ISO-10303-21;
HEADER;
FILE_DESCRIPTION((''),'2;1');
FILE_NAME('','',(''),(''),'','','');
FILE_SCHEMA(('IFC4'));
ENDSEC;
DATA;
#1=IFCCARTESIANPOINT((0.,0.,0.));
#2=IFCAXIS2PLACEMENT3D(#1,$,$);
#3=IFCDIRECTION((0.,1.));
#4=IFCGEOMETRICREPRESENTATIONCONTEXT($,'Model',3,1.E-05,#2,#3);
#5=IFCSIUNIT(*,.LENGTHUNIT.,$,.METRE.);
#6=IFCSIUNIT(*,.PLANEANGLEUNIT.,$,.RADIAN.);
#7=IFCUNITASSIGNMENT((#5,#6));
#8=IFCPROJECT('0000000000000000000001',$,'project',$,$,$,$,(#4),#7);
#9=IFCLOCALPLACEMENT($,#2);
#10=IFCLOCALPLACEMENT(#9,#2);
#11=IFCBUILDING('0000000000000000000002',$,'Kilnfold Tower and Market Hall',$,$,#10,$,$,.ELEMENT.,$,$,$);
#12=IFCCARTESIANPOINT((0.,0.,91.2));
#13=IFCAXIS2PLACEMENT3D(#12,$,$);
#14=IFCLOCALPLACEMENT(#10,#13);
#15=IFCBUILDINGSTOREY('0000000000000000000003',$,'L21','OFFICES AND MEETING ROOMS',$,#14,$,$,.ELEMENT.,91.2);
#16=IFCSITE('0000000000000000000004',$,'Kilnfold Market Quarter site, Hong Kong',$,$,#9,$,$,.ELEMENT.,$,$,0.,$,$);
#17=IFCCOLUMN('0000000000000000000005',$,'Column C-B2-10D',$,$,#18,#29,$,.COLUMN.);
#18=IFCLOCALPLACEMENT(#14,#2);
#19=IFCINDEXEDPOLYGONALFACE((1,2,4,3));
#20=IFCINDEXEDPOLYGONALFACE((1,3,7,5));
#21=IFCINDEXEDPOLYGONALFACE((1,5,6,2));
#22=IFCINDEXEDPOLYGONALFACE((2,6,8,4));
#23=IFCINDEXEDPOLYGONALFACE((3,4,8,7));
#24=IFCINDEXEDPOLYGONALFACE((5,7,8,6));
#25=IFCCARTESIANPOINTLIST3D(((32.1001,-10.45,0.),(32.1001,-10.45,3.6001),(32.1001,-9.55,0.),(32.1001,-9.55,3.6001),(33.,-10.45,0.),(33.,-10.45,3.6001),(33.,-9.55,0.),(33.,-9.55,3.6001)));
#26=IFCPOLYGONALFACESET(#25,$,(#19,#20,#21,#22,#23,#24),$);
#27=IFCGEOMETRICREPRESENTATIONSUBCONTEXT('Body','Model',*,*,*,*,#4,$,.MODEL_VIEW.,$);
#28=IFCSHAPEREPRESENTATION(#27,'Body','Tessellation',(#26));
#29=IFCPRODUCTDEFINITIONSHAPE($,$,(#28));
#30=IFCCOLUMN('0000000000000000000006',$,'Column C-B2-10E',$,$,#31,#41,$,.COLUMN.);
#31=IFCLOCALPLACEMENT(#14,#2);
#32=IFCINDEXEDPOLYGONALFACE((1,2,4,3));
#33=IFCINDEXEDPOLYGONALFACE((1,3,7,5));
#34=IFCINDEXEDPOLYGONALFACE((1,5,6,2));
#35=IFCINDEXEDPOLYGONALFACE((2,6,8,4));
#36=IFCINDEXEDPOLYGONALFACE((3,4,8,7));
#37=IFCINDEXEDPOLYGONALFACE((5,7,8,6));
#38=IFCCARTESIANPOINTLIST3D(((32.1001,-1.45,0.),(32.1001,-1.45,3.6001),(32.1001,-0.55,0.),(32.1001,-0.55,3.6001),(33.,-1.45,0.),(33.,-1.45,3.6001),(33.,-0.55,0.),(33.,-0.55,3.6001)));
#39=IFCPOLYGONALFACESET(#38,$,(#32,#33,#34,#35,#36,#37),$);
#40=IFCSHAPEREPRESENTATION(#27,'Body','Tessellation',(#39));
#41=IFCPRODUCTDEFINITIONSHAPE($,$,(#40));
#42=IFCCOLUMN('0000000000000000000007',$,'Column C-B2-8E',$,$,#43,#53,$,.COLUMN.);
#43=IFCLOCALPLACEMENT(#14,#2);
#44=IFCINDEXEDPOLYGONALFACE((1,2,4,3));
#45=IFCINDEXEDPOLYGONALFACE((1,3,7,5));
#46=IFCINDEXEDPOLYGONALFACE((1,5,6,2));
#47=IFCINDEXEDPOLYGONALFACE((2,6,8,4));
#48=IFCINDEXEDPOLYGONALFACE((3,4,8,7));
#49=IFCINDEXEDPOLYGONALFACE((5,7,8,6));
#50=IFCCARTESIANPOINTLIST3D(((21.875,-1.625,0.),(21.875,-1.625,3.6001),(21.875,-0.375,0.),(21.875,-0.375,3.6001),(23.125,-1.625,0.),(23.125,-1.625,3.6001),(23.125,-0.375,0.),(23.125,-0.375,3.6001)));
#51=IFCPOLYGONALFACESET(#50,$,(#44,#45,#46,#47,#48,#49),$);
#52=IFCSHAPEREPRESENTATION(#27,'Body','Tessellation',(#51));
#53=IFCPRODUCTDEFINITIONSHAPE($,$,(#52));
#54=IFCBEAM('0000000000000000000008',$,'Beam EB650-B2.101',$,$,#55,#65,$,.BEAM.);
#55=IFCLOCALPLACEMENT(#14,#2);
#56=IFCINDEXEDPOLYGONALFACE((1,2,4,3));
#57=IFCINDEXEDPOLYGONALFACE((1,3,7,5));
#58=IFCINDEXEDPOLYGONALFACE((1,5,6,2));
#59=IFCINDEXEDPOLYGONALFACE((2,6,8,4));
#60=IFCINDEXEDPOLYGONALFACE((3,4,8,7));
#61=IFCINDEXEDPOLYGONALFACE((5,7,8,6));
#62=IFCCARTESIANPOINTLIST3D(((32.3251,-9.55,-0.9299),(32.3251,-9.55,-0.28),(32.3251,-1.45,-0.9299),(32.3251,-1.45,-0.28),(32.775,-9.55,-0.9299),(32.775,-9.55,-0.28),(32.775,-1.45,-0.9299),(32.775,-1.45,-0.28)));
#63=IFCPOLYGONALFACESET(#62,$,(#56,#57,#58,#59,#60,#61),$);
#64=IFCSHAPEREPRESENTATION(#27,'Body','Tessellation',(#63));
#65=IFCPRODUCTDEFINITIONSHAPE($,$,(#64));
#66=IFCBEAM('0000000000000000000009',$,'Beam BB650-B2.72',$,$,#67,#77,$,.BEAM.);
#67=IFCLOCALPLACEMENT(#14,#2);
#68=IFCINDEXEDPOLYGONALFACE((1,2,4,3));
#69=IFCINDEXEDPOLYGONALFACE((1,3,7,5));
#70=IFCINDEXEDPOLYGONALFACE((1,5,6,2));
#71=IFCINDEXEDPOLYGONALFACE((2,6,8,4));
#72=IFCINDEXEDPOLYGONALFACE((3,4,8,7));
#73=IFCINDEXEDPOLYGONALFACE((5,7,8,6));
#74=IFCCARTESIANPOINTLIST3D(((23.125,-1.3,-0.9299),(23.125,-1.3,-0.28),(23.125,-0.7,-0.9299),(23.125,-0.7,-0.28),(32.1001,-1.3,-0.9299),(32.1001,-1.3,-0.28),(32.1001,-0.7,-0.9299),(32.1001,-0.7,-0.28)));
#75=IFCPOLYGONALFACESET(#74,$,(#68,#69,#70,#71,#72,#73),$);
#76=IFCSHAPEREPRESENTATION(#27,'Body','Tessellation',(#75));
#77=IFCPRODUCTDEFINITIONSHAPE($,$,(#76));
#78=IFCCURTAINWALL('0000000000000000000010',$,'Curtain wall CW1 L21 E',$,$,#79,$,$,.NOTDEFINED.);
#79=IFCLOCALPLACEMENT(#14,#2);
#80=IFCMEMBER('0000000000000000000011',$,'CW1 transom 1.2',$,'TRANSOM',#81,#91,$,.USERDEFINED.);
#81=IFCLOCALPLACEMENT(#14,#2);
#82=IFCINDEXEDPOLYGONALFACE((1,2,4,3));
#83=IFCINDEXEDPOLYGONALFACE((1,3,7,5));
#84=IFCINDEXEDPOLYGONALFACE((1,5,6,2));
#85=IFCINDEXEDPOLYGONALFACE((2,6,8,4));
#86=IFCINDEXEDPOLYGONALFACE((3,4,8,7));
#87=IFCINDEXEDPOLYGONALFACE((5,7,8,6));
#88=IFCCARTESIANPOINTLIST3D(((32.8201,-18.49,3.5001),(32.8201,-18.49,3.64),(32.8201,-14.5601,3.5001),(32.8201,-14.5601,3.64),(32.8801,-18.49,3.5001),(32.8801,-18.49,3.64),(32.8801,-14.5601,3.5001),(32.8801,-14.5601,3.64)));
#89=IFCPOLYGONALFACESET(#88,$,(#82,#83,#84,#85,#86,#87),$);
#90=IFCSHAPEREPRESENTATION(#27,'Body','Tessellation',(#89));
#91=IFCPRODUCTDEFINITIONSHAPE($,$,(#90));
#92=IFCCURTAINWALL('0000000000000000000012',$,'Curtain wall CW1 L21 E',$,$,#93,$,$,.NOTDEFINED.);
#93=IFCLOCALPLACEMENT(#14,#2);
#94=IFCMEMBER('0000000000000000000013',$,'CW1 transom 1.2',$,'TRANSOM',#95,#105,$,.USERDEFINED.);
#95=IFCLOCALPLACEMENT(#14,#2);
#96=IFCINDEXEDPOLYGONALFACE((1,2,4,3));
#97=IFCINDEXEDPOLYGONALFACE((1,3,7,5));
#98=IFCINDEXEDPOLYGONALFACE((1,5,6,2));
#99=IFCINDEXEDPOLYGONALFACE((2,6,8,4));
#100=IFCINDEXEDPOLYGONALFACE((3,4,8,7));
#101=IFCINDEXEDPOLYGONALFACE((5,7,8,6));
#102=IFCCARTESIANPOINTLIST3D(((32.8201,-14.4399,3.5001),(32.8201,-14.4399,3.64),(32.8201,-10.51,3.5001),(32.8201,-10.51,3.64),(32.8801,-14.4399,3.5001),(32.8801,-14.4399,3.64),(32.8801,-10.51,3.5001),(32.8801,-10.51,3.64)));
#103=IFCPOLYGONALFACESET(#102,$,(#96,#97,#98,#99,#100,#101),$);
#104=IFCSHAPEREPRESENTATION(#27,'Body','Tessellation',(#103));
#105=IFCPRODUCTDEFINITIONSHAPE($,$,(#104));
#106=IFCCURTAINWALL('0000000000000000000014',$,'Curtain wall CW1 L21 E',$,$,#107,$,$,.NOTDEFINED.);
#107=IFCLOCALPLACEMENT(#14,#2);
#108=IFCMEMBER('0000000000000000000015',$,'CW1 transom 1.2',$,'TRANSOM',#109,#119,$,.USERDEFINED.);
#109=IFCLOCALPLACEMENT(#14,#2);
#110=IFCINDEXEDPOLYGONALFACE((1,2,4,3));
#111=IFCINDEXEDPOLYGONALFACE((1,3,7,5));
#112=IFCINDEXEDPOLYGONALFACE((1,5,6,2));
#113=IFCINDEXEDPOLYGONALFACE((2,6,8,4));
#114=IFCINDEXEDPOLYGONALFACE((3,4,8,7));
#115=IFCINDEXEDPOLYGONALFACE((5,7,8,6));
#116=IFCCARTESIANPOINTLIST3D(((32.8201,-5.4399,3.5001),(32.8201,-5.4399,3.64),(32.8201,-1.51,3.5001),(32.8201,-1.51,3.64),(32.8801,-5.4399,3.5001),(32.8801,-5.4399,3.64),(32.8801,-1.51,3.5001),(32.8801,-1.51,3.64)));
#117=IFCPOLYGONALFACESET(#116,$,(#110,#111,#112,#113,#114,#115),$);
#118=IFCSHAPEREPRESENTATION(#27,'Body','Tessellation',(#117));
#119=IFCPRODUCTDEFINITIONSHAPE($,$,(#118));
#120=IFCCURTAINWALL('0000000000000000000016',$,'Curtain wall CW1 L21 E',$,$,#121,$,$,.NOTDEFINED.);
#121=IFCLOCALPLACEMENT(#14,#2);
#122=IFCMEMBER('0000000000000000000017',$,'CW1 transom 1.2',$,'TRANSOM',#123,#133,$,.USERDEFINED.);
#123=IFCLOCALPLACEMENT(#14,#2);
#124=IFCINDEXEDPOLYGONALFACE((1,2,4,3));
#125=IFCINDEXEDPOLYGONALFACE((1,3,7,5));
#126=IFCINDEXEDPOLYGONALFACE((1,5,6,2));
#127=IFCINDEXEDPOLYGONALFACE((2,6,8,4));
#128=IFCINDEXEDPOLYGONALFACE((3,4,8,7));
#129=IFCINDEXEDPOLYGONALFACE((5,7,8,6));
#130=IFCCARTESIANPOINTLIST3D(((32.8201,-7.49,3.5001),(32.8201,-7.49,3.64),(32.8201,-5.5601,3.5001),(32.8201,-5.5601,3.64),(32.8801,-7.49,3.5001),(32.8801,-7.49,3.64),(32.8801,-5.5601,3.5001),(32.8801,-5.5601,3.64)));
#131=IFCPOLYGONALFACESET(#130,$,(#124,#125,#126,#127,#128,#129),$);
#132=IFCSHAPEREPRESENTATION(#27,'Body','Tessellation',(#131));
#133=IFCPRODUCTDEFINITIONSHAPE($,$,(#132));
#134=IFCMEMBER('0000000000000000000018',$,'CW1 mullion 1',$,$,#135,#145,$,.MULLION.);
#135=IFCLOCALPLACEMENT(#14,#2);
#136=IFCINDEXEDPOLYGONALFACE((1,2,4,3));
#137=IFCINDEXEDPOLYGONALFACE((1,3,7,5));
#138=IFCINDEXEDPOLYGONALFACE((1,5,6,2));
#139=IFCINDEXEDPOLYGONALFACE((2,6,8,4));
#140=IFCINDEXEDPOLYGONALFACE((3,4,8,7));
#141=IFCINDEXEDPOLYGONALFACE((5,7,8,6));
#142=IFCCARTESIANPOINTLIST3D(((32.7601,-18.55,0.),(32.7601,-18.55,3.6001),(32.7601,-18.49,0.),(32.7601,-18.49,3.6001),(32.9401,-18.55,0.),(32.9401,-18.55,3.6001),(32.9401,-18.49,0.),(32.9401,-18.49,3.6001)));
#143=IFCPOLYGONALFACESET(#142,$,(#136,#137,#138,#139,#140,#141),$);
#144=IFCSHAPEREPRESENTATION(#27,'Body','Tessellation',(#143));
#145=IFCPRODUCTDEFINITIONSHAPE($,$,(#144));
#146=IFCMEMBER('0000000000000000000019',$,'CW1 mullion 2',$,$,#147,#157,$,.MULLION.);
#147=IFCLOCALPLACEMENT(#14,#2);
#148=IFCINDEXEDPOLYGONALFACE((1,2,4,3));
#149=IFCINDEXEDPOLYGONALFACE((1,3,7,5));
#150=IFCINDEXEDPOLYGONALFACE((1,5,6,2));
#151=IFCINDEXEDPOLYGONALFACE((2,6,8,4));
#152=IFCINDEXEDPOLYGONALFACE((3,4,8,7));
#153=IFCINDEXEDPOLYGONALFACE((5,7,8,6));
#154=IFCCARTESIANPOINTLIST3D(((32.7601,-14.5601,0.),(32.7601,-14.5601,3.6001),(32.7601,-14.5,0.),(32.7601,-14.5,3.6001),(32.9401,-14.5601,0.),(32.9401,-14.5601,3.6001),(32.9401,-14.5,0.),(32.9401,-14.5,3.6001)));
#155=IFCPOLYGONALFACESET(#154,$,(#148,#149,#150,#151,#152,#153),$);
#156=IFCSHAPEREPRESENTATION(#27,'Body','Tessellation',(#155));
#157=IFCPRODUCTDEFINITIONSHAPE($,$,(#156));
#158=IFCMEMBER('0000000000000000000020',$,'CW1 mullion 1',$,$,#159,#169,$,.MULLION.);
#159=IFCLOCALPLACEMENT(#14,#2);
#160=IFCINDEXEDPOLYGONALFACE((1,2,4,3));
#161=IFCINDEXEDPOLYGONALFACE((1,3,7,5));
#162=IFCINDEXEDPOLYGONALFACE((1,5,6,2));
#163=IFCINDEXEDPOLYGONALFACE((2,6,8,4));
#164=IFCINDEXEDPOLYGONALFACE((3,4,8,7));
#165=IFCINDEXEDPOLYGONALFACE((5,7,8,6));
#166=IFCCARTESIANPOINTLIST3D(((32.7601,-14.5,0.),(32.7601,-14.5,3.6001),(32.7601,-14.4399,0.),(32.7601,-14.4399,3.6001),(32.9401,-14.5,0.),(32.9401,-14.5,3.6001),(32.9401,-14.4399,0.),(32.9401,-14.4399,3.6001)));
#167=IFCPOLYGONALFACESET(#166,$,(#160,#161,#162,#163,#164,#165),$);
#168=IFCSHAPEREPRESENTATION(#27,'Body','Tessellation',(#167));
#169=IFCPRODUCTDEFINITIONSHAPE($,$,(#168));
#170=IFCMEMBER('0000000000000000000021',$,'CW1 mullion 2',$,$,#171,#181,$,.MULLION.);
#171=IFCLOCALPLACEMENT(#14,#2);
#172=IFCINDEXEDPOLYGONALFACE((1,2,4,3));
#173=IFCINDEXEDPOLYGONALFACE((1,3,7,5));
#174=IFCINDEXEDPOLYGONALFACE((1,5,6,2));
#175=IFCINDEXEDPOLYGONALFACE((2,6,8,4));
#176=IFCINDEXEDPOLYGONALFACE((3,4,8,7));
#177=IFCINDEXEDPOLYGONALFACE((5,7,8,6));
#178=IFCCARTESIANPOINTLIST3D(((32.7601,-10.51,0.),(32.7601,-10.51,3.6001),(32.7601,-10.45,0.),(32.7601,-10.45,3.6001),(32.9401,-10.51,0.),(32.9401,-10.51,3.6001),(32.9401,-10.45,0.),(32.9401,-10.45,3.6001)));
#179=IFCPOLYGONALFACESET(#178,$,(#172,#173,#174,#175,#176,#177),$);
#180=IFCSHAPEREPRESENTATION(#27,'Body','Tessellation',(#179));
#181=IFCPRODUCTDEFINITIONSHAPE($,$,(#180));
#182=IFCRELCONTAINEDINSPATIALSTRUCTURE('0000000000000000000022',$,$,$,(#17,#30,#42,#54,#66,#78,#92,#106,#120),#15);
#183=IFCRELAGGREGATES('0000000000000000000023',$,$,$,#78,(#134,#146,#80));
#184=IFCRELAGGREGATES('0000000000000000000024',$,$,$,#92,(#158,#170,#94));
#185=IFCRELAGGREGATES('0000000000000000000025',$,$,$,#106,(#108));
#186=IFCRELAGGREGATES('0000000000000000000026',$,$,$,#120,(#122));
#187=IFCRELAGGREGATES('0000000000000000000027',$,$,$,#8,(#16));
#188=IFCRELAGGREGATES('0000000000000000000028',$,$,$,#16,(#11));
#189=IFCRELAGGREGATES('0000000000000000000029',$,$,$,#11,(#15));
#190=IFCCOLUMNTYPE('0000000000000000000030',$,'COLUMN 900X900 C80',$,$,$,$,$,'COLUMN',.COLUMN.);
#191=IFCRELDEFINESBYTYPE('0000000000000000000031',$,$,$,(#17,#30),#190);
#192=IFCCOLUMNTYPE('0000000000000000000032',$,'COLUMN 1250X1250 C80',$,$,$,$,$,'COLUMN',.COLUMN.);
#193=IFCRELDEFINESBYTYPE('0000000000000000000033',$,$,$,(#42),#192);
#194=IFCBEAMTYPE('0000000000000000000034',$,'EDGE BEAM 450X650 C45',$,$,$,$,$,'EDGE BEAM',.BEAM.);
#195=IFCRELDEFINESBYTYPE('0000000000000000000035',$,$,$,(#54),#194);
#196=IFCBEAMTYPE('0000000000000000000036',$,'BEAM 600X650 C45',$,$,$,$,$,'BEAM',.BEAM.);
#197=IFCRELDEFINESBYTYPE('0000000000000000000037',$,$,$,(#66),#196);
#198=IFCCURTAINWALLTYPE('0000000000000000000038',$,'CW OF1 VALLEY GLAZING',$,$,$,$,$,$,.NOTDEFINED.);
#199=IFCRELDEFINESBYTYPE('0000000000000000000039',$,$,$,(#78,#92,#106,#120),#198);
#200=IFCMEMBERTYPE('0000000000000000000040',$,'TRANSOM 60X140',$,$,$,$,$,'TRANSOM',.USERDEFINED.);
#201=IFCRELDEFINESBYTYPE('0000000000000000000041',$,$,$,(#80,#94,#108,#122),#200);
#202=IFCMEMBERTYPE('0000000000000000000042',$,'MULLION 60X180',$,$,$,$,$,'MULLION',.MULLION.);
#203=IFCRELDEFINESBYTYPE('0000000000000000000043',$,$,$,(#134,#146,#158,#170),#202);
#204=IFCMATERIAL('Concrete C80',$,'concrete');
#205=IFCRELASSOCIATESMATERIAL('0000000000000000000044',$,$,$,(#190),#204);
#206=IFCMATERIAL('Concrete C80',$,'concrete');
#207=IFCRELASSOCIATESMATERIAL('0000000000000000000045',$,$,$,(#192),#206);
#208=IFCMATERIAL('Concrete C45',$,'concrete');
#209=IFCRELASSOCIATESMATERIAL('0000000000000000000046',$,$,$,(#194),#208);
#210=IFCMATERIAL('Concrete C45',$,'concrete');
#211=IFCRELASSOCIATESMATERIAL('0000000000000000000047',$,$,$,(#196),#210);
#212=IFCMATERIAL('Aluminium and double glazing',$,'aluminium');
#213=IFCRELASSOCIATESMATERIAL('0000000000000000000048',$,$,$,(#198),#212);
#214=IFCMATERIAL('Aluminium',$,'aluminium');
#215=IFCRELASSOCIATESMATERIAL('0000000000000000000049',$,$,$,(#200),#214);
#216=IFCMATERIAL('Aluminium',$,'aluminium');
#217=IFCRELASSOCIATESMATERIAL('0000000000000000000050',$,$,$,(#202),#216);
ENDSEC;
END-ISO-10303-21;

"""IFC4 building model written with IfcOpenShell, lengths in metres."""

from ifc_helpers import new_model, si_unit, direction, frame, origin, origin_2d, place, context, subcontext, project, spatial, rectangle, extrude, source, transform, mapped, material, material_profile, profile_set, type_object, element, aggregate, save


model = new_model("IFC4")

# Units and contexts
model_context = context("Model", 3, precision=1e-05, world=origin(), true_north=direction((0.0, 1.0)))
body_context = subcontext(model_context, "Body", "Model", "MODEL_VIEW")
ifc_project = project(units=[si_unit("LENGTHUNIT", "METRE"), si_unit("PLANEANGLEUNIT", "RADIAN")], contexts=[model_context])

# Site, building, storey
site_placement = place(None, origin())
site = spatial("IfcSite", under=ifc_project, at=site_placement, Name="Kilnfold Market Quarter site, Hong Kong", CompositionType="ELEMENT", RefElevation=0.0)
building_placement = place(site_placement, origin())
building = spatial("IfcBuilding", under=site, at=building_placement, Name="Kilnfold Tower and Market Hall", CompositionType="ELEMENT")
storey_placement = place(building_placement, frame((0.0, 0.0, 91.2)))
storey = spatial("IfcBuildingStorey", under=building, at=storey_placement, Name="L21", Description="OFFICES AND MEETING ROOMS", CompositionType="ELEMENT", Elevation=91.2)

# Columns
ifc_material_1 = material(Name="Concrete C80", Category="concrete")
ifc_material_profile_1 = material_profile(ifc_material_1, rectangle(XDim=0.8999, YDim=0.8999, at=origin_2d()), Name="RC 900x900")
ifc_profile_set_1 = profile_set([ifc_material_profile_1], Name="Concrete C80")
column_type_1 = type_object("IfcColumnType", Name="COLUMN 900X900 C80", ElementType="COLUMN", PredefinedType="COLUMN", material=ifc_profile_set_1)
shared_shape_1 = source(origin(), body_context, "Body", "SweptSolid", [
    extrude(rectangle(XDim=0.8999, YDim=0.8999, at=origin_2d()), origin(), (0.0, 0.0, 1.0), 3.6001),
])
for number, where, z_axis, x_axis, name in (
    (1, (32.55, -10.0, 0.0), (0.0, 0.0, 1.0), (1.0, 0.0, 0.0), "Column C-B2-10D"),
    (2, (32.55, -1.0, 0.0), (0.0, 0.0, 1.0), (1.0, 0.0, 0.0), "Column C-B2-10E"),
):
    element("IfcColumn", number, at=place(storey_placement, frame(where, z_axis=z_axis, x_axis=x_axis)), inside=storey, type_object=column_type_1, Name=name, PredefinedType="COLUMN", context=body_context, shape_type="MappedRepresentation", body=[
        mapped(shared_shape_1, transform((0.0, 0.0, 0.0))),
    ])
ifc_material_2 = material(Name="Concrete C80", Category="concrete")
ifc_material_profile_2 = material_profile(ifc_material_2, rectangle(XDim=1.25, YDim=1.25, at=origin_2d()), Name="RC 1250x1250")
ifc_profile_set_2 = profile_set([ifc_material_profile_2], Name="Concrete C80")
column_type_2 = type_object("IfcColumnType", Name="COLUMN 1250X1250 C80", ElementType="COLUMN", PredefinedType="COLUMN", material=ifc_profile_set_2)
shared_shape_2 = source(origin(), body_context, "Body", "SweptSolid", [
    extrude(rectangle(XDim=1.25, YDim=1.25, at=origin_2d()), origin(), (0.0, 0.0, 1.0), 3.6001),
])
column_placement = place(storey_placement, frame((22.5, -1.0, 0.0), z_axis=(0.0, 0.0, 1.0), x_axis=(1.0, 0.0, 0.0)))
element("IfcColumn", 3, at=column_placement, inside=storey, type_object=column_type_2, Name="Column C-B2-8E", PredefinedType="COLUMN", context=body_context, shape_type="MappedRepresentation", body=[
    mapped(shared_shape_2, transform((0.0, 0.0, 0.0))),
])

# Beams
ifc_material_3 = material(Name="Concrete C45", Category="concrete")
ifc_material_profile_3 = material_profile(ifc_material_3, rectangle(XDim=0.45, YDim=0.6499, at=origin_2d()), Name="RC 450x650")
ifc_profile_set_3 = profile_set([ifc_material_profile_3], Name="Concrete C45")
beam_type_1 = type_object("IfcBeamType", Name="EDGE BEAM 450X650 C45", ElementType="EDGE BEAM", PredefinedType="BEAM", material=ifc_profile_set_3)
shared_shape_3 = source(origin(), body_context, "Body", "SweptSolid", [
    extrude(rectangle(XDim=0.45, YDim=0.6499, at=origin_2d()), origin(), (0.0, 0.0, 1.0), 8.1001),
])
beam_1_placement = place(storey_placement, frame((32.55, -9.55, -0.605), z_axis=(0.0, 1.0, 0.0), x_axis=(-1.0, 0.0, 0.0)))
element("IfcBeam", 4, at=beam_1_placement, inside=storey, type_object=beam_type_1, Name="Beam EB650-B2.101", PredefinedType="BEAM", context=body_context, shape_type="MappedRepresentation", body=[
    mapped(shared_shape_3, transform((0.0, 0.0, 0.0))),
])
ifc_material_4 = material(Name="Concrete C45", Category="concrete")
ifc_material_profile_4 = material_profile(ifc_material_4, rectangle(XDim=0.6001, YDim=0.6499, at=origin_2d()), Name="RC 600x650")
ifc_profile_set_4 = profile_set([ifc_material_profile_4], Name="Concrete C45")
beam_type_2 = type_object("IfcBeamType", Name="BEAM 600X650 C45", ElementType="BEAM", PredefinedType="BEAM", material=ifc_profile_set_4)
shared_shape_4 = source(origin(), body_context, "Body", "SweptSolid", [
    extrude(rectangle(XDim=0.6001, YDim=0.6499, at=origin_2d()), origin(), (0.0, 0.0, 1.0), 8.9751),
])
beam_2_placement = place(storey_placement, frame((23.125, -1.0, -0.605), z_axis=(1.0, 0.0, 0.0), x_axis=(0.0, 1.0, 0.0)))
element("IfcBeam", 5, at=beam_2_placement, inside=storey, type_object=beam_type_2, Name="Beam BB650-B2.72", PredefinedType="BEAM", context=body_context, shape_type="MappedRepresentation", body=[
    mapped(shared_shape_4, transform((0.0, 0.0, 0.0))),
])

# Curtain walls, members
ifc_material_5 = material(Name="Aluminium and double glazing", Category="aluminium")
curtain_wall_type = type_object("IfcCurtainWallType", Name="CW OF1 VALLEY GLAZING", PredefinedType="NOTDEFINED", material=ifc_material_5)
curtain_wall_1_placement = place(storey_placement, origin())
curtain_wall_1 = element("IfcCurtainWall", 6, at=curtain_wall_1_placement, inside=storey, type_object=curtain_wall_type, Name="Curtain wall CW1 L21 E", PredefinedType="NOTDEFINED")
ifc_material_6 = material(Name="Aluminium", Category="aluminium")
ifc_material_profile_5 = material_profile(ifc_material_6, rectangle(XDim=0.0601, YDim=0.1399, at=origin_2d()), Name="TRANSOM 60x140")
ifc_profile_set_5 = profile_set([ifc_material_profile_5], Name="Aluminium")
member_type_1 = type_object("IfcMemberType", Name="TRANSOM 60X140", ElementType="TRANSOM", PredefinedType="USERDEFINED", material=ifc_profile_set_5)
shared_shape_5 = source(origin(), body_context, "Body", "SweptSolid", [
    extrude(rectangle(XDim=0.0601, YDim=0.1399, at=origin_2d()), origin(), (0.0, 0.0, 1.0), 3.9299),
])
member_1_placement = place(storey_placement, frame((32.8501, -18.49, 3.5701), z_axis=(0.0, 1.0, 0.0), x_axis=(-1.0, 0.0, 0.0)))
member_1 = element("IfcMember", 7, at=member_1_placement, type_object=member_type_1, Name="CW1 transom 1.2", ObjectType="TRANSOM", PredefinedType="USERDEFINED", context=body_context, shape_type="MappedRepresentation", body=[
    mapped(shared_shape_5, transform((0.0, 0.0, 0.0))),
])
curtain_wall_2_placement = place(storey_placement, origin())
curtain_wall_2 = element("IfcCurtainWall", 8, at=curtain_wall_2_placement, inside=storey, type_object=curtain_wall_type, Name="Curtain wall CW1 L21 E", PredefinedType="NOTDEFINED")
member_2_placement = place(storey_placement, frame((32.8501, -14.4399, 3.5701), z_axis=(0.0, 1.0, 0.0), x_axis=(-1.0, 0.0, 0.0)))
member_2 = element("IfcMember", 9, at=member_2_placement, type_object=member_type_1, Name="CW1 transom 1.2", ObjectType="TRANSOM", PredefinedType="USERDEFINED", context=body_context, shape_type="MappedRepresentation", body=[
    mapped(shared_shape_5, transform((0.0, 0.0, 0.0))),
])
curtain_wall_3_placement = place(storey_placement, origin())
curtain_wall_3 = element("IfcCurtainWall", 10, at=curtain_wall_3_placement, inside=storey, type_object=curtain_wall_type, Name="Curtain wall CW1 L21 E", PredefinedType="NOTDEFINED")
member_3_placement = place(storey_placement, frame((32.8501, -5.4399, 3.5701), z_axis=(0.0, 1.0, 0.0), x_axis=(-1.0, 0.0, 0.0)))
member_3 = element("IfcMember", 11, at=member_3_placement, type_object=member_type_1, Name="CW1 transom 1.2", ObjectType="TRANSOM", PredefinedType="USERDEFINED", context=body_context, shape_type="MappedRepresentation", body=[
    mapped(shared_shape_5, transform((0.0, 0.0, 0.0))),
])
curtain_wall_4_placement = place(storey_placement, origin())
curtain_wall_4 = element("IfcCurtainWall", 12, at=curtain_wall_4_placement, inside=storey, type_object=curtain_wall_type, Name="Curtain wall CW1 L21 E", PredefinedType="NOTDEFINED")
shared_shape_6 = source(origin(), body_context, "Body", "SweptSolid", [
    extrude(rectangle(XDim=0.0601, YDim=0.1399, at=origin_2d()), origin(), (0.0, 0.0, 1.0), 1.9299),
])
member_4_placement = place(storey_placement, frame((32.8501, -7.49, 3.5701), z_axis=(0.0, 1.0, 0.0), x_axis=(-1.0, 0.0, 0.0)))
member_4 = element("IfcMember", 13, at=member_4_placement, type_object=member_type_1, Name="CW1 transom 1.2", ObjectType="TRANSOM", PredefinedType="USERDEFINED", context=body_context, shape_type="MappedRepresentation", body=[
    mapped(shared_shape_6, transform((0.0, 0.0, 0.0))),
])

# Members
ifc_material_7 = material(Name="Aluminium", Category="aluminium")
ifc_material_profile_6 = material_profile(ifc_material_7, rectangle(XDim=0.0601, YDim=0.1799, at=origin_2d()), Name="MULLION 60x180")
ifc_profile_set_6 = profile_set([ifc_material_profile_6], Name="Aluminium")
member_type_2 = type_object("IfcMemberType", Name="MULLION 60X180", ElementType="MULLION", PredefinedType="MULLION", material=ifc_profile_set_6)
shared_shape_7 = source(origin(), body_context, "Body", "SweptSolid", [
    extrude(rectangle(XDim=0.0601, YDim=0.1799, at=origin_2d()), origin(), (0.0, 0.0, 1.0), 3.6001),
])
member_5_placement = place(storey_placement, frame((32.8501, -18.52, 0.0), z_axis=(0.0, 0.0, 1.0), x_axis=(0.0, 1.0, 0.0)))
member_5 = element("IfcMember", 14, at=member_5_placement, type_object=member_type_2, Name="CW1 mullion 1", PredefinedType="MULLION", context=body_context, shape_type="MappedRepresentation", body=[
    mapped(shared_shape_7, transform((0.0, 0.0, 0.0))),
])
member_6_placement = place(storey_placement, frame((32.8501, -14.53, 0.0), z_axis=(0.0, 0.0, 1.0), x_axis=(0.0, 1.0, 0.0)))
member_6 = element("IfcMember", 15, at=member_6_placement, type_object=member_type_2, Name="CW1 mullion 2", PredefinedType="MULLION", context=body_context, shape_type="MappedRepresentation", body=[
    mapped(shared_shape_7, transform((0.0, 0.0, 0.0))),
])
member_7_placement = place(storey_placement, frame((32.8501, -14.47, 0.0), z_axis=(0.0, 0.0, 1.0), x_axis=(0.0, 1.0, 0.0)))
member_7 = element("IfcMember", 16, at=member_7_placement, type_object=member_type_2, Name="CW1 mullion 1", PredefinedType="MULLION", context=body_context, shape_type="MappedRepresentation", body=[
    mapped(shared_shape_7, transform((0.0, 0.0, 0.0))),
])
member_8_placement = place(storey_placement, frame((32.8501, -10.48, 0.0), z_axis=(0.0, 0.0, 1.0), x_axis=(0.0, 1.0, 0.0)))
member_8 = element("IfcMember", 17, at=member_8_placement, type_object=member_type_2, Name="CW1 mullion 2", PredefinedType="MULLION", context=body_context, shape_type="MappedRepresentation", body=[
    mapped(shared_shape_7, transform((0.0, 0.0, 0.0))),
])

aggregate(curtain_wall_1, [member_5, member_6, member_1])
aggregate(curtain_wall_2, [member_7, member_8, member_2])
aggregate(curtain_wall_3, [member_3])
aggregate(curtain_wall_4, [member_4])

save(model, "model.ifc")
